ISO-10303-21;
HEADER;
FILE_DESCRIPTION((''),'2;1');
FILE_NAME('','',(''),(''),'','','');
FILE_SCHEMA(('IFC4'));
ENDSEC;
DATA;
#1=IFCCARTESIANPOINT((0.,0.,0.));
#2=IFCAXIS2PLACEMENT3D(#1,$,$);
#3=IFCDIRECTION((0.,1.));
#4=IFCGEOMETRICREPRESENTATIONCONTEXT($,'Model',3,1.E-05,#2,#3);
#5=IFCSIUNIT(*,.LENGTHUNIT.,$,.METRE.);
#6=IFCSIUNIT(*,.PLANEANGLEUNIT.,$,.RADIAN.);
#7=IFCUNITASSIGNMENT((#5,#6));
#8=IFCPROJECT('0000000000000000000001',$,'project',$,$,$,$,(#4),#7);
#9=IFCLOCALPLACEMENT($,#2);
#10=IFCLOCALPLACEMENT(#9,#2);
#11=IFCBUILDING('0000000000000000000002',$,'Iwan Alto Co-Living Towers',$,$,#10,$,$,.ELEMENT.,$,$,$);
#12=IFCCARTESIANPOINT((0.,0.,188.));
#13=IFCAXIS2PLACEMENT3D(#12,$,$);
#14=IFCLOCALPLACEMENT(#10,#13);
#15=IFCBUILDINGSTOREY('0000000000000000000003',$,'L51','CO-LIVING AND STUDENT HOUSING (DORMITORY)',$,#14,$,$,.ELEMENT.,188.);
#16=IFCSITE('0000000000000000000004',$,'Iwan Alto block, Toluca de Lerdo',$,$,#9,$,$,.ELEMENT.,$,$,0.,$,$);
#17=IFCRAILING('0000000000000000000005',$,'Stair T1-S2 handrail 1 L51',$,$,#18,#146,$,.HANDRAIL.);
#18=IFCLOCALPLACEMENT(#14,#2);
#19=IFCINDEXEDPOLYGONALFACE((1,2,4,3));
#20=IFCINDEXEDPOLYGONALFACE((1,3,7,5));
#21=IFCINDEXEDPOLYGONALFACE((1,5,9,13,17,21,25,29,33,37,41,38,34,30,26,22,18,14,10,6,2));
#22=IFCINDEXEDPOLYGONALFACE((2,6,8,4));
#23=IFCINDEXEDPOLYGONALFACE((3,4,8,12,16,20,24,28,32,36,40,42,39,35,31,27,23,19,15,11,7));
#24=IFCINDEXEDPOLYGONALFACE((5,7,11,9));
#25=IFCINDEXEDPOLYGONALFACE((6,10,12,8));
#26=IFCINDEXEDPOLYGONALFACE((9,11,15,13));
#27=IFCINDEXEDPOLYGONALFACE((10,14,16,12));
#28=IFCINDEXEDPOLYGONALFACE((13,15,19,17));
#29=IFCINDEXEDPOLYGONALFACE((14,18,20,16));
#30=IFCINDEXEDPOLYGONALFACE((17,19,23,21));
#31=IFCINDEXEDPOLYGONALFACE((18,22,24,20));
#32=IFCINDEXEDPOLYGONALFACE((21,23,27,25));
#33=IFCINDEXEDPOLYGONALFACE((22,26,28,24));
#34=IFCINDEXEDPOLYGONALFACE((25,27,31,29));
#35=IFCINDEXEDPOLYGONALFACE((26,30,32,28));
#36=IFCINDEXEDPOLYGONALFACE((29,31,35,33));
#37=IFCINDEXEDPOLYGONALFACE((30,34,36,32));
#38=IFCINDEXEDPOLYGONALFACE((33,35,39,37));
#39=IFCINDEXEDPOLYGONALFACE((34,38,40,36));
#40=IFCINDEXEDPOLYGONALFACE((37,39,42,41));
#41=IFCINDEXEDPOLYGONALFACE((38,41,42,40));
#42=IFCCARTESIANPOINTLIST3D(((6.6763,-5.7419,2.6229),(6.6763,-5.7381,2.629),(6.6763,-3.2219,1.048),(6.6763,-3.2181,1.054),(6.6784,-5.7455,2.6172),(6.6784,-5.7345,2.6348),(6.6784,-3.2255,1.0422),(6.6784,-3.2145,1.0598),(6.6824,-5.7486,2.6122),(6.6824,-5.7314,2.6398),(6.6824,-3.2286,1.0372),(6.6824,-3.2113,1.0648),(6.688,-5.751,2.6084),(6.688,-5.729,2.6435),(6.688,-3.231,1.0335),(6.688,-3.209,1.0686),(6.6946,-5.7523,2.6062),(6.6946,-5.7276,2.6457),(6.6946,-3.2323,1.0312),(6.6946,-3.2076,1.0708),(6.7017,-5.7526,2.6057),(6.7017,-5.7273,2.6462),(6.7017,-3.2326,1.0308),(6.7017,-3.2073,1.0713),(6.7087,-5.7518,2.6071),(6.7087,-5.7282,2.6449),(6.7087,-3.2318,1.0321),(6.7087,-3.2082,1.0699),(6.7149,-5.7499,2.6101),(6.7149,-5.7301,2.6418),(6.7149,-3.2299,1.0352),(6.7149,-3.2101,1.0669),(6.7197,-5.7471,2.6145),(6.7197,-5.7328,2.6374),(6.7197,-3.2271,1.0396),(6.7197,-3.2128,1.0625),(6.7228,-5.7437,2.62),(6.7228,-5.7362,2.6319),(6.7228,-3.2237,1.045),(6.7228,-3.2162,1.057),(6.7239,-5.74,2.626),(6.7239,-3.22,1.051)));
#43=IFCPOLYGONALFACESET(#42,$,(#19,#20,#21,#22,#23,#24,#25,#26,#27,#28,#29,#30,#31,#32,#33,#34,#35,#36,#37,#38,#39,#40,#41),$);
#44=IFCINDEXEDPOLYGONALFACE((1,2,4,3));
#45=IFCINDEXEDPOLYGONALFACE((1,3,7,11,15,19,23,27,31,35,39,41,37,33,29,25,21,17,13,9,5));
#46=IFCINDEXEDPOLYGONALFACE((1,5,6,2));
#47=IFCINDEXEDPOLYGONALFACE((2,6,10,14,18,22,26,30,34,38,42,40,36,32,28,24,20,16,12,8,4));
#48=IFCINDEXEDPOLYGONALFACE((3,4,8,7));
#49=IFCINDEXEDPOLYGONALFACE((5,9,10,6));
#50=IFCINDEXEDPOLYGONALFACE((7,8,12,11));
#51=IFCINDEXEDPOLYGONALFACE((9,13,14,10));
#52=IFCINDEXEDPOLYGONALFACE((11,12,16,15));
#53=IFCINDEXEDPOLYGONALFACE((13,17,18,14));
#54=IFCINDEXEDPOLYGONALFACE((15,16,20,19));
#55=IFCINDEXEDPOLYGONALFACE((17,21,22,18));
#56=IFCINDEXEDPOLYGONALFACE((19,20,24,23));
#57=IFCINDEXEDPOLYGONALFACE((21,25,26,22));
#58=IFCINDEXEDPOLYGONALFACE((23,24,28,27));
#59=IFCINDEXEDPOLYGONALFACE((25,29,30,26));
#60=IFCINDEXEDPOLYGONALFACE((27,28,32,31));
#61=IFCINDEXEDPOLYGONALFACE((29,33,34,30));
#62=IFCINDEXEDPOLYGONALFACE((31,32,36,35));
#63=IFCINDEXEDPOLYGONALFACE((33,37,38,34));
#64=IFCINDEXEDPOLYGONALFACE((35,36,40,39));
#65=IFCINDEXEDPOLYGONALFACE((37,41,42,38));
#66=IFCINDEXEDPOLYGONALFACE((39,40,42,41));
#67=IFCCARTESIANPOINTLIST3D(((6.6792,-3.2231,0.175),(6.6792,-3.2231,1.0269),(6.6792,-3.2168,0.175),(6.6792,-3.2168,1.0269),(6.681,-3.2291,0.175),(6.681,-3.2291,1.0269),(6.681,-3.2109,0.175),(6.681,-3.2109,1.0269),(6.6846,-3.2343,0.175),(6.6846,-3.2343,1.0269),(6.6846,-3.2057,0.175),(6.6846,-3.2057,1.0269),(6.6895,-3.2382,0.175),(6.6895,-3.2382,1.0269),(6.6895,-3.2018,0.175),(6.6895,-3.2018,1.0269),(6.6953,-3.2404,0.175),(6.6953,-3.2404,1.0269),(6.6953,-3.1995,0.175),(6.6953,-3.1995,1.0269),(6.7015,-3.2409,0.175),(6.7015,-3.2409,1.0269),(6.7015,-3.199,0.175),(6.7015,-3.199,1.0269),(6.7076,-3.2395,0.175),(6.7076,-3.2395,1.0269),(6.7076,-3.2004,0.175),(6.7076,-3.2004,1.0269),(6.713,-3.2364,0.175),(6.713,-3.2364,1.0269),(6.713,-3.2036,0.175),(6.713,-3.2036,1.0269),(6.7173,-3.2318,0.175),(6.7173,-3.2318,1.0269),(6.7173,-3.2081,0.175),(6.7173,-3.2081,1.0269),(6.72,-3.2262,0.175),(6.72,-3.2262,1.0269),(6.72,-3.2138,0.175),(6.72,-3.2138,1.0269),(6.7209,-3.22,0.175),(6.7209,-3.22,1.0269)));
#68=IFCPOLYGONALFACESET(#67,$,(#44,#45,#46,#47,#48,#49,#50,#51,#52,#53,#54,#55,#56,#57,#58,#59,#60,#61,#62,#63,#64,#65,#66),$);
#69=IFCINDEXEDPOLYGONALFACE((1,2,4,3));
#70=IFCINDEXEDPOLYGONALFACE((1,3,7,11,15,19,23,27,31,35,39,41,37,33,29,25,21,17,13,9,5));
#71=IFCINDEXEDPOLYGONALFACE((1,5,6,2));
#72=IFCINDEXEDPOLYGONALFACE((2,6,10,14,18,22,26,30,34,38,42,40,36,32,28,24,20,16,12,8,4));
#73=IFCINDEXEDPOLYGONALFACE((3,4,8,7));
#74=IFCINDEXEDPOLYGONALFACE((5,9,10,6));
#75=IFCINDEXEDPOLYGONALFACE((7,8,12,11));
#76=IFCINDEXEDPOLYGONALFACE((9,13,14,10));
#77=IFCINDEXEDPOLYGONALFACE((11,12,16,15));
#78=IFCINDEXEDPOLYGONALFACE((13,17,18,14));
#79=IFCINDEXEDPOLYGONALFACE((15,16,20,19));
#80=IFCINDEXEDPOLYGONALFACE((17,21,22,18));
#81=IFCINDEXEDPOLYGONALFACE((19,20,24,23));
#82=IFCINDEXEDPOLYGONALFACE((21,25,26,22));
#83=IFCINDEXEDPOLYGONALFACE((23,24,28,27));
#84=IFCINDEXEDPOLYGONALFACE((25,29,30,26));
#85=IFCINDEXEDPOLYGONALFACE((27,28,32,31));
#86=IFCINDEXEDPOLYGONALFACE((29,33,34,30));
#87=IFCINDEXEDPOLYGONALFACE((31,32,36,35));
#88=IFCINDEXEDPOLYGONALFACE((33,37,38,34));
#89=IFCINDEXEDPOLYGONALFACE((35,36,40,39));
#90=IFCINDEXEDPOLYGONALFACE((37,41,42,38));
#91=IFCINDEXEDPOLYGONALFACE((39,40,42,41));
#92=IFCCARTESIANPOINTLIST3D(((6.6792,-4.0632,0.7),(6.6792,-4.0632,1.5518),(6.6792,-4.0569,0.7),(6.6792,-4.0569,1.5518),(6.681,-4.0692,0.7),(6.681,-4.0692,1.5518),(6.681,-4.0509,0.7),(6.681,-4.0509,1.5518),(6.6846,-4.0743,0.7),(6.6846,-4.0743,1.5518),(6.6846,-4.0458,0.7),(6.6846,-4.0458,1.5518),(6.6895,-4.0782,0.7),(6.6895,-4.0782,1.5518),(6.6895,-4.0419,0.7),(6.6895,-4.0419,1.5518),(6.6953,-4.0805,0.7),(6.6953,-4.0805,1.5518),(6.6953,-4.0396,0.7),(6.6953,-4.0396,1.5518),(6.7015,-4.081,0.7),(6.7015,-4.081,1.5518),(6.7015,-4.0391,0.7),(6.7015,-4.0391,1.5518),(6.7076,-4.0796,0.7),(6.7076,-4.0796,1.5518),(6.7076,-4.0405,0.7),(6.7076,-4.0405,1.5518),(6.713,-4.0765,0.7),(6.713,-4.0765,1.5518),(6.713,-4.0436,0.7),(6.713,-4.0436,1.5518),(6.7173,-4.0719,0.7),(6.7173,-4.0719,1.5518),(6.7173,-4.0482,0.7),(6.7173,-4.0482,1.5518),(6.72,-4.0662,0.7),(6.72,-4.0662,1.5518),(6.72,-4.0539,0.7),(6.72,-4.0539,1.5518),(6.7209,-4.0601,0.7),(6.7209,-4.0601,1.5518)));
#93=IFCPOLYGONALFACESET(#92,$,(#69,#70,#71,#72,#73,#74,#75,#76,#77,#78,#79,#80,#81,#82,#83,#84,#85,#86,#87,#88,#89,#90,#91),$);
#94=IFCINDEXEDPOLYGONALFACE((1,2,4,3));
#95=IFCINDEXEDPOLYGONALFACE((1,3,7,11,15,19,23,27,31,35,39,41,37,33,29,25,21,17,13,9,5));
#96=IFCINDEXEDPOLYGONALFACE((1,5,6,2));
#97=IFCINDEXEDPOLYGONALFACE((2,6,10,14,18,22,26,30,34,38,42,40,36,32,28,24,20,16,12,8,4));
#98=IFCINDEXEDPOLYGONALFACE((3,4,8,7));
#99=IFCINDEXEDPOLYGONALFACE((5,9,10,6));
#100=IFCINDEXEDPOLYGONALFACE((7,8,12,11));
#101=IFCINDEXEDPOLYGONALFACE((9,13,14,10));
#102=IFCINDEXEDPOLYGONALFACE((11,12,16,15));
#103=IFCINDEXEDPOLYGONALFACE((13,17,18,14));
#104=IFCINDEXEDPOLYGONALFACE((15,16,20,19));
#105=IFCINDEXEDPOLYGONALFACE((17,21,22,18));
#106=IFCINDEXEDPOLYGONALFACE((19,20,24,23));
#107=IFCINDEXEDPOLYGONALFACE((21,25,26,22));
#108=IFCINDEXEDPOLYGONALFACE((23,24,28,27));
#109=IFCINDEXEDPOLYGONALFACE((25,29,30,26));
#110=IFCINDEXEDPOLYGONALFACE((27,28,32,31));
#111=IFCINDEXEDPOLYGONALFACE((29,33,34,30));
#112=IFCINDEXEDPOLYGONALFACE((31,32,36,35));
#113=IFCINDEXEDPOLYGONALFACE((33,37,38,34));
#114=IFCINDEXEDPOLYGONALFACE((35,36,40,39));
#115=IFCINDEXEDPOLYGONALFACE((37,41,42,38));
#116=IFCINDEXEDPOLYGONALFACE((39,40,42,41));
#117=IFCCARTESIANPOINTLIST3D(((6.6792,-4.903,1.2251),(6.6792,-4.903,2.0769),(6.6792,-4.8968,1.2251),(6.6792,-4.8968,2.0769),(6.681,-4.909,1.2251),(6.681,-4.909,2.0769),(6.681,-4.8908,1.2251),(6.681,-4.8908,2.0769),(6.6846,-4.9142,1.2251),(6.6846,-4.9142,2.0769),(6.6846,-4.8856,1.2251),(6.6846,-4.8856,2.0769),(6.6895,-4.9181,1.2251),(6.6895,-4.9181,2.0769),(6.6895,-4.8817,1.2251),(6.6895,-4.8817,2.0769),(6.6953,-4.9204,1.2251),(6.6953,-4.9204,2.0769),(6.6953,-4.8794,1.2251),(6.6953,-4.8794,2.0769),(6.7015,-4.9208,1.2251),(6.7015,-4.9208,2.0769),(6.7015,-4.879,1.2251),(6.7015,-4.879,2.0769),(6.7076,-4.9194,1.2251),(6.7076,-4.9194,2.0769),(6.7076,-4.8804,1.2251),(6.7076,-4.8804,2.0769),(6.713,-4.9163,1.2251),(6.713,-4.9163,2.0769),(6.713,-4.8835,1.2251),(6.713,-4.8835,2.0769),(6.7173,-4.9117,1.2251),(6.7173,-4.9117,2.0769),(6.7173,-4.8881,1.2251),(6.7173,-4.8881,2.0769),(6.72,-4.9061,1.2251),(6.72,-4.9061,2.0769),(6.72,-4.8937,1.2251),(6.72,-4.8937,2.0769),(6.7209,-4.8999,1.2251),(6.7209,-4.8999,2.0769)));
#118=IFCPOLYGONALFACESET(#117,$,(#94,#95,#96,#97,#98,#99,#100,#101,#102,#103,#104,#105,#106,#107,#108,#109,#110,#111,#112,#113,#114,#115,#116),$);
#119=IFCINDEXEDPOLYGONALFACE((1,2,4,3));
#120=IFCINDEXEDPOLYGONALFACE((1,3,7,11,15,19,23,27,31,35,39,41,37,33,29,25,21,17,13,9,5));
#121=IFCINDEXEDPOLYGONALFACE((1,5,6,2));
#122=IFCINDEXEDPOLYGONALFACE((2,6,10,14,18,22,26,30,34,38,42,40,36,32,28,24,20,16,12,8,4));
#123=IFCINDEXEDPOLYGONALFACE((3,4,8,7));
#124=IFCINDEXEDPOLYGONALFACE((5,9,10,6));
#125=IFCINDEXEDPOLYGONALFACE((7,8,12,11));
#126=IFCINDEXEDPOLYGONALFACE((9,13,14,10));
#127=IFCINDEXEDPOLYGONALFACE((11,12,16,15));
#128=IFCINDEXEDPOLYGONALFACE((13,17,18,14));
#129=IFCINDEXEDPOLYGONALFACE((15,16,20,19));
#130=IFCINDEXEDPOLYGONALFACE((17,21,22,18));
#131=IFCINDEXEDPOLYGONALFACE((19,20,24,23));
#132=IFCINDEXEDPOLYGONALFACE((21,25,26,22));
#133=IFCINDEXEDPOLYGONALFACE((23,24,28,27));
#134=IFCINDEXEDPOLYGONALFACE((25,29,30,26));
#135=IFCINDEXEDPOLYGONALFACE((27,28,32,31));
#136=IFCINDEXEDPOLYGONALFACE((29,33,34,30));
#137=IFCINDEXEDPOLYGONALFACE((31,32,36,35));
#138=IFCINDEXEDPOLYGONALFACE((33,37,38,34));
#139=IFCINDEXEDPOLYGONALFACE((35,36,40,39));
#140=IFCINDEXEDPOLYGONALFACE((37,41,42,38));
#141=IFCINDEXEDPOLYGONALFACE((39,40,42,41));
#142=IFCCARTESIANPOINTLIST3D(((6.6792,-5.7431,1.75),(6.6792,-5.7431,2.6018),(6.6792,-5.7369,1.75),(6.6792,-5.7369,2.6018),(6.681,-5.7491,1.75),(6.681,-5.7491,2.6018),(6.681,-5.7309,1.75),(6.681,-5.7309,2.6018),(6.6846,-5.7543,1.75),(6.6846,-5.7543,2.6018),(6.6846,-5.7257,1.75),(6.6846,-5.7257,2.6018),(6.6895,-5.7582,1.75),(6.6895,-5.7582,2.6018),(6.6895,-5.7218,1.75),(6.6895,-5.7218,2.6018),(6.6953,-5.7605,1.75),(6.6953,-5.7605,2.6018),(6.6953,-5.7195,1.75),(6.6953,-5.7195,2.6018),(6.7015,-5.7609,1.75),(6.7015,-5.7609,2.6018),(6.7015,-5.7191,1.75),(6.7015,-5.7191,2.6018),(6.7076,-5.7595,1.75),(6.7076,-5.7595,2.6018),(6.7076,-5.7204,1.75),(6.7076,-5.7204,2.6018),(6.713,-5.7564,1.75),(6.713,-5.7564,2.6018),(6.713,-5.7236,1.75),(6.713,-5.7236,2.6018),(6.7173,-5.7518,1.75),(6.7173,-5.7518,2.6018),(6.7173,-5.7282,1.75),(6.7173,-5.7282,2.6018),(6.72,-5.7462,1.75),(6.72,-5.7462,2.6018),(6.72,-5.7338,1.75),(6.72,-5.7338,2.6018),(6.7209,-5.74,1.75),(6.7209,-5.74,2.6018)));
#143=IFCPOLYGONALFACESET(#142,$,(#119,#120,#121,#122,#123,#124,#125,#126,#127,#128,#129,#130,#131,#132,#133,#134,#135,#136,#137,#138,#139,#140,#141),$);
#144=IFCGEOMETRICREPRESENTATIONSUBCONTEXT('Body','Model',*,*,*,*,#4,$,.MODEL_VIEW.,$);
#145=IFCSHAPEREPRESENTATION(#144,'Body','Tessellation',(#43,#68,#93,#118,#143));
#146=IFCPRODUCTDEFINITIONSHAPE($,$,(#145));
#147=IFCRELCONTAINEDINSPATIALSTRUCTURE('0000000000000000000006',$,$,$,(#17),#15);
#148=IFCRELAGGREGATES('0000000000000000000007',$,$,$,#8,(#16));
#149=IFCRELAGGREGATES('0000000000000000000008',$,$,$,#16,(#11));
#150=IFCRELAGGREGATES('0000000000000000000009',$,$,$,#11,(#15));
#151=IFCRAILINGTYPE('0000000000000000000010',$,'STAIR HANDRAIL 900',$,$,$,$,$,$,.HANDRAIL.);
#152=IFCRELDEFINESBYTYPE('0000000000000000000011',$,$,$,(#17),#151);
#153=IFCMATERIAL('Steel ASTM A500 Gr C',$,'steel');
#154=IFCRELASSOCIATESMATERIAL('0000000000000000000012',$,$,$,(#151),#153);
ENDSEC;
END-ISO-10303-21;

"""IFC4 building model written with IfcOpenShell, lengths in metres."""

from ifc_helpers import new_model, si_unit, direction, frame, origin, origin_2d, place, context, subcontext, project, spatial, circle, extrude, material, type_object, element, save


model = new_model("IFC4")

# Units and contexts
model_context = context("Model", 3, precision=1e-05, world=origin(), true_north=direction((0.0, 1.0)))
body_context = subcontext(model_context, "Body", "Model", "MODEL_VIEW")
ifc_project = project(units=[si_unit("LENGTHUNIT", "METRE"), si_unit("PLANEANGLEUNIT", "RADIAN")], contexts=[model_context])

# Site, building, storey
site_placement = place(None, origin())
site = spatial("IfcSite", under=ifc_project, at=site_placement, Name="Iwan Alto block, Toluca de Lerdo", CompositionType="ELEMENT", RefElevation=0.0)
building_placement = place(site_placement, origin())
building = spatial("IfcBuilding", under=site, at=building_placement, Name="Iwan Alto Co-Living Towers", CompositionType="ELEMENT")
storey_placement = place(building_placement, frame((0.0, 0.0, 188.0)))
storey = spatial("IfcBuildingStorey", under=building, at=storey_placement, Name="L51", Description="CO-LIVING AND STUDENT HOUSING (DORMITORY)", CompositionType="ELEMENT", Elevation=188.0)

# Railing
ifc_material_1 = material(Name="Steel ASTM A500 Gr C", Category="steel")
railing_type_1 = type_object("IfcRailingType", Name="STAIR HANDRAIL 900", PredefinedType="HANDRAIL", material=ifc_material_1)
railing_1_placement = place(storey_placement, frame((6.7, -3.22, 0.175)))
element("IfcRailing", 1, at=railing_1_placement, inside=storey, type_object=railing_type_1, Name="Stair T1-S2 handrail 1 L51", PredefinedType="HANDRAIL", context=body_context, shape_type="SweptSolid", body=[
    extrude(circle(Radius=0.0239, at=origin_2d()), frame((0.0, 0.0, 0.876), z_axis=(0.0, -0.848008, 0.529984), x_axis=(1.0, 0.0, 0.0)), (0.0, 0.0, 1.0), 2.9717),
    extrude(circle(Radius=0.021, at=origin_2d()), origin(), (0.0, 0.0, 1.0), 0.8518),
    extrude(circle(Radius=0.021, at=origin_2d()), frame((0.0, -0.8401, 0.5249)), (0.0, 0.0, 1.0), 0.8518),
    extrude(circle(Radius=0.021, at=origin_2d()), frame((0.0, -1.6799, 1.05)), (0.0, 0.0, 1.0), 0.8518),
    extrude(circle(Radius=0.021, at=origin_2d()), frame((0.0, -2.52, 1.575)), (0.0, 0.0, 1.0), 0.8518),
])

save(model, "model.ifc")
